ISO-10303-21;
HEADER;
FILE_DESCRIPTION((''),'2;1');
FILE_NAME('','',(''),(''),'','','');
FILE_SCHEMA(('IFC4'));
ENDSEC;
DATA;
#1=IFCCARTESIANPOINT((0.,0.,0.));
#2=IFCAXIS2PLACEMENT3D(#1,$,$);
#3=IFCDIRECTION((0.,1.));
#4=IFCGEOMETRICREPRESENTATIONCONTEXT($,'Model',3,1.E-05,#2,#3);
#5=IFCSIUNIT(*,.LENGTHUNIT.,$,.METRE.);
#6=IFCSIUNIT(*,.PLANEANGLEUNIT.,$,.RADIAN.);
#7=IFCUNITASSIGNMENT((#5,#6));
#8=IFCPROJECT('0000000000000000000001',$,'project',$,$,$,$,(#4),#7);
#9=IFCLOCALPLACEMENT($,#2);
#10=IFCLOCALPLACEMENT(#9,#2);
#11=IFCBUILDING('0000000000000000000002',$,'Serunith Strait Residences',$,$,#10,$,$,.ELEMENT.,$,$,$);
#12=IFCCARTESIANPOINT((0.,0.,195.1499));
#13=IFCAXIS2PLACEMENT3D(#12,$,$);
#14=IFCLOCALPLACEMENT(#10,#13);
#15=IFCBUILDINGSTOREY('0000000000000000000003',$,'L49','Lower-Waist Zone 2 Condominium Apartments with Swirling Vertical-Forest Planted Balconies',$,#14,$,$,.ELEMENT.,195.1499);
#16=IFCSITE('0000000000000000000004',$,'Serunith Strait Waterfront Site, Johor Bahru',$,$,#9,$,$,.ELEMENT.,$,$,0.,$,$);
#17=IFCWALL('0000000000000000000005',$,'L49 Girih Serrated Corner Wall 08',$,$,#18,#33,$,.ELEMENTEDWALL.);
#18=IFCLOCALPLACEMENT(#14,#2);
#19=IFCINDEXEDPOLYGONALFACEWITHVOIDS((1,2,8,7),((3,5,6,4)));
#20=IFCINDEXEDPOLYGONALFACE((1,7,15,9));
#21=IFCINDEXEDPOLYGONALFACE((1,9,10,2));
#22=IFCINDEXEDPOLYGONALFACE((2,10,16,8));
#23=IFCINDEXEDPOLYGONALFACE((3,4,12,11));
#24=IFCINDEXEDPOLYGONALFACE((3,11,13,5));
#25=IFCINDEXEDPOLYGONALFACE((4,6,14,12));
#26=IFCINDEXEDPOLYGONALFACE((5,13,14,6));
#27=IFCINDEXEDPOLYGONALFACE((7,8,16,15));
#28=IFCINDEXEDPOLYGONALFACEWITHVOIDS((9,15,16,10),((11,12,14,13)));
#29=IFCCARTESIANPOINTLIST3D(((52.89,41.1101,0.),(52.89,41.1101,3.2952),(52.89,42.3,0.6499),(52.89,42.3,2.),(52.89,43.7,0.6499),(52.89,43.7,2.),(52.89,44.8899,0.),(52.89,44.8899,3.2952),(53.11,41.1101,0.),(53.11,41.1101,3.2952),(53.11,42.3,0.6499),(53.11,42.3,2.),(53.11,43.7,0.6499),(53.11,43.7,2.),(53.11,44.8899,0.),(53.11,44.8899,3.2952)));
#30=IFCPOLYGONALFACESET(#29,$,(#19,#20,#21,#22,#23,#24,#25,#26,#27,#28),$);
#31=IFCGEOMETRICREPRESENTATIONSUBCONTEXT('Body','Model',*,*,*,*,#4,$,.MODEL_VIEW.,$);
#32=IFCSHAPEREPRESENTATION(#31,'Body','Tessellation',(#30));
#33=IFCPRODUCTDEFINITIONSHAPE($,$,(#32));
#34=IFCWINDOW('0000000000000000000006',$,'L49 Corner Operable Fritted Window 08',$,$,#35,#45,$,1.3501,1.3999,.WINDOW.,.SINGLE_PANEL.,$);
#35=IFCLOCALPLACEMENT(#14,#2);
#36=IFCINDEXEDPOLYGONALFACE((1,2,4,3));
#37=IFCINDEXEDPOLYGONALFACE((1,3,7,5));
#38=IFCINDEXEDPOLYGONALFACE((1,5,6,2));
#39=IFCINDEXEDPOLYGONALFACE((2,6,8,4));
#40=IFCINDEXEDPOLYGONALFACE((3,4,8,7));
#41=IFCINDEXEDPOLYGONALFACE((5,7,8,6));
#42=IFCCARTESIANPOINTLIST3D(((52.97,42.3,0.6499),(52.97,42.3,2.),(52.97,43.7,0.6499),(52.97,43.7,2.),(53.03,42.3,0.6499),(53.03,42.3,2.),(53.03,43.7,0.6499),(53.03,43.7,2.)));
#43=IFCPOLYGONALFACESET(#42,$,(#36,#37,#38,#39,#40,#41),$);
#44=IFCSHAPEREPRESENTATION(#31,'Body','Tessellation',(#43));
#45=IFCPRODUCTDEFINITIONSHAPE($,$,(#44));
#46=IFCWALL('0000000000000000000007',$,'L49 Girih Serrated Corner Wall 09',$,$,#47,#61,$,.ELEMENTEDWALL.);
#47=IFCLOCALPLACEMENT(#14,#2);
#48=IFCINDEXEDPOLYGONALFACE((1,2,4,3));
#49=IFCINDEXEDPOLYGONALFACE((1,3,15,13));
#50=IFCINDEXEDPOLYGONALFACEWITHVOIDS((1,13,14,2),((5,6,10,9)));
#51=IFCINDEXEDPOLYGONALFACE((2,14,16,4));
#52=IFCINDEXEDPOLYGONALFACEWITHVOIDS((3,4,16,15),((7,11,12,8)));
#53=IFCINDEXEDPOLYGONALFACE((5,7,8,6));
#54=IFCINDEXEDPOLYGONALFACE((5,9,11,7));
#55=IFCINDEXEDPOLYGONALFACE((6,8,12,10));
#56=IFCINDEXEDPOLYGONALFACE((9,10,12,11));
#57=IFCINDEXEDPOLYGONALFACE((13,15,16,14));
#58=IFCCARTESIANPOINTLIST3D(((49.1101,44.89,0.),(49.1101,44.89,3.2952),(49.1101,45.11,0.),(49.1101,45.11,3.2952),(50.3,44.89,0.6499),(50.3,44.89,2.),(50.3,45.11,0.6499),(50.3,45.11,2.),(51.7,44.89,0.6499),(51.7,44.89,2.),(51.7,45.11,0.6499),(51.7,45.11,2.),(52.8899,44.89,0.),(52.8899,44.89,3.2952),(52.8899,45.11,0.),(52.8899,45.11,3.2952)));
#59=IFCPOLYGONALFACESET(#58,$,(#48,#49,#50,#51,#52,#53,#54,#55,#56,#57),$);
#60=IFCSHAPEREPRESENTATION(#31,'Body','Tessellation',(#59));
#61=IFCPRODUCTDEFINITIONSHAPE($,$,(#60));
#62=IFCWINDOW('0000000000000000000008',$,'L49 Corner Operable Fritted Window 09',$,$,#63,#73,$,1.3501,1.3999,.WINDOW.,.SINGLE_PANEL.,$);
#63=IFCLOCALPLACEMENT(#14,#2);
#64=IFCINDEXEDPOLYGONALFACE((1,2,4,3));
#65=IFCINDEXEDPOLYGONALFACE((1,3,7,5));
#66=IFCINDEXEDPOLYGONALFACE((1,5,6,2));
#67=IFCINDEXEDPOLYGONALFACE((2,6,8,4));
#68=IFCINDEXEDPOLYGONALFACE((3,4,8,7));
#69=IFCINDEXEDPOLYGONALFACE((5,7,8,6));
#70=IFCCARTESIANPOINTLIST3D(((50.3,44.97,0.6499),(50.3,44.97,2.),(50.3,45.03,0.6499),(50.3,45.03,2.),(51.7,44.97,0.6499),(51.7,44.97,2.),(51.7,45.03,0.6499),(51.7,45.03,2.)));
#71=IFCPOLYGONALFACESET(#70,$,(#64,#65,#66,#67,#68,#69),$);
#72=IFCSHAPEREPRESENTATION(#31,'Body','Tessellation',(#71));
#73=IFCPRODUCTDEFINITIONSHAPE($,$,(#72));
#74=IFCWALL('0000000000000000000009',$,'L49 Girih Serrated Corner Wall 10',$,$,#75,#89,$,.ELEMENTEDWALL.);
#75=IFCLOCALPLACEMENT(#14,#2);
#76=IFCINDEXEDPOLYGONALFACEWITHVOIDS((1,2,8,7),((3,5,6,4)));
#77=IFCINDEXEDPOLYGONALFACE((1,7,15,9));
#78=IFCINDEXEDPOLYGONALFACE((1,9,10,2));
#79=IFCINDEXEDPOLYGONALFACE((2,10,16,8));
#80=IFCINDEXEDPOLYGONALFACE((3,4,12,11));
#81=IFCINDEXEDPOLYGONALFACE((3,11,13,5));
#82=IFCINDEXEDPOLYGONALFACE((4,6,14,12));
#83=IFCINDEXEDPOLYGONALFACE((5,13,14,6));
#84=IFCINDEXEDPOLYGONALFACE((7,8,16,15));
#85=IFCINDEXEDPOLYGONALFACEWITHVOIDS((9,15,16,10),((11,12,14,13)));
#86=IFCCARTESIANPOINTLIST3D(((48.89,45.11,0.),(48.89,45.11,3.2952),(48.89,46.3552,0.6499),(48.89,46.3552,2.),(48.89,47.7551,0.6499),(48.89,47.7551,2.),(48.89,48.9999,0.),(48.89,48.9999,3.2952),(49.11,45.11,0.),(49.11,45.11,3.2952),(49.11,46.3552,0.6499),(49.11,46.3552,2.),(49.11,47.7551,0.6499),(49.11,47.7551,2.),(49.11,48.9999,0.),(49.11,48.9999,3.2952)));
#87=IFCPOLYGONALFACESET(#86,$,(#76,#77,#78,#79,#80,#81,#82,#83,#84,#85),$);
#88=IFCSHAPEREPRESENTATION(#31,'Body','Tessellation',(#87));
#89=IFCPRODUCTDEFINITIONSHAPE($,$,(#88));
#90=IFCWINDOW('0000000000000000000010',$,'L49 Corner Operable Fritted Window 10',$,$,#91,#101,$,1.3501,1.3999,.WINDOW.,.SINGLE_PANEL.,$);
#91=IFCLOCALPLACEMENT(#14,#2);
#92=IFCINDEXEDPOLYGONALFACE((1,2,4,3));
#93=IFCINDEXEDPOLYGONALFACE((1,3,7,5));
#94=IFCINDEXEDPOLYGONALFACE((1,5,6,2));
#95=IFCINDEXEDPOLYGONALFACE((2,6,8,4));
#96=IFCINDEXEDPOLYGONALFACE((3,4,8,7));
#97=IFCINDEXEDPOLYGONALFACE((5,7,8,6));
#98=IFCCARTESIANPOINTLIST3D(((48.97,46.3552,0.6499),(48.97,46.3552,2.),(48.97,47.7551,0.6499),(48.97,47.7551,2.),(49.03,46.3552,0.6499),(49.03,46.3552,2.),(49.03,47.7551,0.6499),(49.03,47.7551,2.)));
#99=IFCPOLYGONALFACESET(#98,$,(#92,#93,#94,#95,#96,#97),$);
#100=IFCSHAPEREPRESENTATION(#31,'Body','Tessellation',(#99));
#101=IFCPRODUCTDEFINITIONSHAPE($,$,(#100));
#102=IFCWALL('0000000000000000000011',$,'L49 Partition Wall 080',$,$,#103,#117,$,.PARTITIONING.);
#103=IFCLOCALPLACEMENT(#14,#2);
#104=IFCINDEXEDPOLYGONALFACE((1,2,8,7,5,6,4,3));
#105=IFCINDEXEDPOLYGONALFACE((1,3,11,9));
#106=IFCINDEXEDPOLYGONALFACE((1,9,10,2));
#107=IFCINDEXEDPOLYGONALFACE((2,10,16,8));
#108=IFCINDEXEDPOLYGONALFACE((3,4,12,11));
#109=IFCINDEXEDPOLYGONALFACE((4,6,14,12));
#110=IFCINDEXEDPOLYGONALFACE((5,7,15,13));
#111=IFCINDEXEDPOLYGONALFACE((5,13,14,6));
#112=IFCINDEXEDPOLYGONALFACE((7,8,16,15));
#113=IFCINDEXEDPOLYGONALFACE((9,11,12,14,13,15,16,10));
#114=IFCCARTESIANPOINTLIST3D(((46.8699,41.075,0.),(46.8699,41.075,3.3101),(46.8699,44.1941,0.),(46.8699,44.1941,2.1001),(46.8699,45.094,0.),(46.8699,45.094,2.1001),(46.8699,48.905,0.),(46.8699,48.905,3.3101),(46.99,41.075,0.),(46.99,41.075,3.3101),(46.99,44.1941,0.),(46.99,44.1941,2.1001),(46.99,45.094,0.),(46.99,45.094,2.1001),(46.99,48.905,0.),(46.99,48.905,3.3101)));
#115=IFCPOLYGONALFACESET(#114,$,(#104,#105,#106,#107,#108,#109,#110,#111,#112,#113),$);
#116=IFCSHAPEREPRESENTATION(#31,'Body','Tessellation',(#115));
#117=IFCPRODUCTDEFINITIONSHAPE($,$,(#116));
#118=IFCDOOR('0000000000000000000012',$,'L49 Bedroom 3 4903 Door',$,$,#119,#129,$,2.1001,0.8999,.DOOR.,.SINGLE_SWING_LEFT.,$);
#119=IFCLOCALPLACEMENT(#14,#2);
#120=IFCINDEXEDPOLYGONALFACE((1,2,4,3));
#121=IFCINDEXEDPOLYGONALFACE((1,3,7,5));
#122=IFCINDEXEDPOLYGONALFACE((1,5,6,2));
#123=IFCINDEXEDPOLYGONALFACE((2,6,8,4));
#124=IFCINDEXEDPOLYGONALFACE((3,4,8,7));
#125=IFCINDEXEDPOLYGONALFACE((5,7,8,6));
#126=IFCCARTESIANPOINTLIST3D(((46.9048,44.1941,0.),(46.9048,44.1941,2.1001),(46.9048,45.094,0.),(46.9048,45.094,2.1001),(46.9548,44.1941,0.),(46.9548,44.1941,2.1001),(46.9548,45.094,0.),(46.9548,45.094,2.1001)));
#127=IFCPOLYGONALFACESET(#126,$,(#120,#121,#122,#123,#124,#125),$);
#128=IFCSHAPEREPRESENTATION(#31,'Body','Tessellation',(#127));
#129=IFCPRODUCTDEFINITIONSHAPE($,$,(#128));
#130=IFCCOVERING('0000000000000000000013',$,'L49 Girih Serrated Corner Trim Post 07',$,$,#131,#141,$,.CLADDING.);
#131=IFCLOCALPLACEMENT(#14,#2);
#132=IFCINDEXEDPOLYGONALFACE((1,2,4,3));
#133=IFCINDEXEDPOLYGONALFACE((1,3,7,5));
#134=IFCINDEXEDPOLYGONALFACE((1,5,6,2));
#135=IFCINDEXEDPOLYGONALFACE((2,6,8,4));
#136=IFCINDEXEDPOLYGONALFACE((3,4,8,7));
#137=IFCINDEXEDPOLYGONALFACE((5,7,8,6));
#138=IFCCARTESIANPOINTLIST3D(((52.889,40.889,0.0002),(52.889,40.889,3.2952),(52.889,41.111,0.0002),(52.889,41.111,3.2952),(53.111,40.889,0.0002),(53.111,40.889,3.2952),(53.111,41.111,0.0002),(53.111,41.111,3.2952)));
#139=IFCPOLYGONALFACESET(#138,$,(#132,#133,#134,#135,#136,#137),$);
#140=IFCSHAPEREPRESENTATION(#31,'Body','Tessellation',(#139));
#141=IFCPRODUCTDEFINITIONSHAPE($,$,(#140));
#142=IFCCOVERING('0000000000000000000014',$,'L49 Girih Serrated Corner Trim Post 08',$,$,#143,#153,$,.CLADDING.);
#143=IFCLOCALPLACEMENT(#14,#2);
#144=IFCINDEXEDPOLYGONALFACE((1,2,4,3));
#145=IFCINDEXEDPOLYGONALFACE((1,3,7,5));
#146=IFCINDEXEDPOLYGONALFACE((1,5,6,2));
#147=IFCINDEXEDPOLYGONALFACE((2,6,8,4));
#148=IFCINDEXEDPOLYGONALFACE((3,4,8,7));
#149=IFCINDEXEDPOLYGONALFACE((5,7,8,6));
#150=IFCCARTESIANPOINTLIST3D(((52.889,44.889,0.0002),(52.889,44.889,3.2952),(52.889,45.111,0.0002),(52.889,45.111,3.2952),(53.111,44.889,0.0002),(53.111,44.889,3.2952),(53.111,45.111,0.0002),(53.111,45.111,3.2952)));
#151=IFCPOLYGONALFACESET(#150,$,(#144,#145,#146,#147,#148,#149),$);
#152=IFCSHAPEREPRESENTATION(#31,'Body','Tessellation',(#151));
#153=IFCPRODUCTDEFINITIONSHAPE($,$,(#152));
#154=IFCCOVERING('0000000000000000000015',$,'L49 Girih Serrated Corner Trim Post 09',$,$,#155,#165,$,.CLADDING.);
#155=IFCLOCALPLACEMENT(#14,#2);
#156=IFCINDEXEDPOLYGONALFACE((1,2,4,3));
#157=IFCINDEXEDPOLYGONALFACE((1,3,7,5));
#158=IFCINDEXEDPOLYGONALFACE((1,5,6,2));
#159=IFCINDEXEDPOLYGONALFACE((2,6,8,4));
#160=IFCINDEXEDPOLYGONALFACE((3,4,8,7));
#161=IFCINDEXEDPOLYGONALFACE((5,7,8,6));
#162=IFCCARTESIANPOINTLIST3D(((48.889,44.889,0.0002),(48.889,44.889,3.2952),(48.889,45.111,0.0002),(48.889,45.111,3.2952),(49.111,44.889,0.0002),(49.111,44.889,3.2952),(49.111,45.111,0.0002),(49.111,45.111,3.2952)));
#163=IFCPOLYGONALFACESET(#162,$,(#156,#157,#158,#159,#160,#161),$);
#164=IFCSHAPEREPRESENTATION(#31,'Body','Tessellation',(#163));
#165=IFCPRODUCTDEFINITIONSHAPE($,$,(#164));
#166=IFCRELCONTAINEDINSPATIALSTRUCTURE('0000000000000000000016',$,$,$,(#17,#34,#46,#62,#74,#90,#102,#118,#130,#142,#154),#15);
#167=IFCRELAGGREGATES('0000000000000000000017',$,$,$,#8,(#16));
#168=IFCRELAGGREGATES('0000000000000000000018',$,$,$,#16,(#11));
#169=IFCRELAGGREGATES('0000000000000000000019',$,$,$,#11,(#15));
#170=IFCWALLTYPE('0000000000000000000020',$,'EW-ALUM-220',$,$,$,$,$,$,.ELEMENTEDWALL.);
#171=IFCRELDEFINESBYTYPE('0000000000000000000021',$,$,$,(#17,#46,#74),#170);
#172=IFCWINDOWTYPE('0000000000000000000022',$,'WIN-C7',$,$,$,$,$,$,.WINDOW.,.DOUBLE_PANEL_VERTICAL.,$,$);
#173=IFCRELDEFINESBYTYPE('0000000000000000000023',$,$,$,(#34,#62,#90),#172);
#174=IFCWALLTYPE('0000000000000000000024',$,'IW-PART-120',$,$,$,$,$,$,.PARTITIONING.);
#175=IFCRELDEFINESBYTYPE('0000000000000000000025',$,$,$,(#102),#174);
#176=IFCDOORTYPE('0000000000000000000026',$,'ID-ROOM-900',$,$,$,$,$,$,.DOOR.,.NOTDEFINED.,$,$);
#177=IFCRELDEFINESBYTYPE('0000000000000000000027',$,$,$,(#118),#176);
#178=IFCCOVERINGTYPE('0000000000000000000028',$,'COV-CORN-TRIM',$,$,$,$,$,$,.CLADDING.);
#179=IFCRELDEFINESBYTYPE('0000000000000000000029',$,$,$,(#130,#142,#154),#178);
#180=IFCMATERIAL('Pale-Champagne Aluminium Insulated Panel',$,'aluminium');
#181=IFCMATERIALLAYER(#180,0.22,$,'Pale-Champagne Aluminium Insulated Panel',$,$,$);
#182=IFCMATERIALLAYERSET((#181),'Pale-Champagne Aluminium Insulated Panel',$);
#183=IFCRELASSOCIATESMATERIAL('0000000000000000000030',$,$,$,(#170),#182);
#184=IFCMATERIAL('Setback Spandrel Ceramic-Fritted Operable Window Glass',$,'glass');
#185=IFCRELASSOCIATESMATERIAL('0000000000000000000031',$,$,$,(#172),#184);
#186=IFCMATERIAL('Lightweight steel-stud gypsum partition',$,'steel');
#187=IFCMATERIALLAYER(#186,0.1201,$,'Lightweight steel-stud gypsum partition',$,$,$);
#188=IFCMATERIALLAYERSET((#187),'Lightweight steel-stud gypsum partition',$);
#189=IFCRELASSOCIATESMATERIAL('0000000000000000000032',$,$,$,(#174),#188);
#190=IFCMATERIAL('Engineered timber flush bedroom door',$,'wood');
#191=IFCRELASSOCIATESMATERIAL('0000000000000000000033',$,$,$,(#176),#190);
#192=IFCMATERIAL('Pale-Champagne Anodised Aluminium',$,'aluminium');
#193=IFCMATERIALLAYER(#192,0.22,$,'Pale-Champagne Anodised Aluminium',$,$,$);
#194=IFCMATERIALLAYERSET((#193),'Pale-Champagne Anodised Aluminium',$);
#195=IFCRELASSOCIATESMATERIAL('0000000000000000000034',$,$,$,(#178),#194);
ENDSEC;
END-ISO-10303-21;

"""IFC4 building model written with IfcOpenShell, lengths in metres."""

from ifc_helpers import new_model, si_unit, direction, frame, frame_2d, origin, origin_2d, place, context, subcontext, project, spatial, rectangle, extrude, source, transform, mapped, material, layer, layer_set, type_object, element, fill, save


model = new_model("IFC4")

# Units and contexts
model_context = context("Model", 3, precision=1e-05, world=origin(), true_north=direction((0.0, 1.0)))
body_context = subcontext(model_context, "Body", "Model", "MODEL_VIEW")
ifc_project = project(units=[si_unit("LENGTHUNIT", "METRE"), si_unit("PLANEANGLEUNIT", "RADIAN")], contexts=[model_context])

# Site, building, storey
site_placement = place(None, origin())
site = spatial("IfcSite", under=ifc_project, at=site_placement, Name="Serunith Strait Waterfront Site, Johor Bahru", CompositionType="ELEMENT", RefElevation=0.0)
building_placement = place(site_placement, origin())
building = spatial("IfcBuilding", under=site, at=building_placement, Name="Serunith Strait Residences", CompositionType="ELEMENT")
storey_placement = place(building_placement, frame((0.0, 0.0, 195.1499)))
storey = spatial("IfcBuildingStorey", under=building, at=storey_placement, Name="L49", Description="Lower-Waist Zone 2 Condominium Apartments with Swirling Vertical-Forest Planted Balconies", CompositionType="ELEMENT", Elevation=195.1499)

# Walls, openings, windows
ifc_material_1 = material(Name="Pale-Champagne Aluminium Insulated Panel", Category="aluminium")
ifc_layer_1 = layer(ifc_material_1, 0.22, Name="Pale-Champagne Aluminium Insulated Panel")
ifc_layer_set_1 = layer_set([ifc_layer_1], Name="Pale-Champagne Aluminium Insulated Panel")
wall_type_1 = type_object("IfcWallType", Name="EW-ALUM-220", PredefinedType="ELEMENTEDWALL", material=ifc_layer_set_1)
ifc_material_2 = material(Name="Setback Spandrel Ceramic-Fritted Operable Window Glass", Category="glass")
window_type = type_object("IfcWindowType", Name="WIN-C7", PartitioningType="DOUBLE_PANEL_VERTICAL", PredefinedType="WINDOW", material=ifc_material_2)
shared_shape_1 = source(origin(), body_context, "Body", "SweptSolid", [
    extrude(rectangle(XDim=1.3999, YDim=1.3501, at=frame_2d((0.7, 0.675))), frame((0.0, 0.03, 0.0), z_axis=(0.0, -1.0, 0.0), x_axis=(1.0, 0.0, 0.0)), (0.0, 0.0, 1.0), 0.0601),
])
wall_1_placement = place(storey_placement, frame((53.0, 41.1101, 0.0), z_axis=(0.0, 0.0, 1.0), x_axis=(0.0, 1.0, 0.0)))
wall_1 = element("IfcWall", 1, at=wall_1_placement, inside=storey, type_object=wall_type_1, Name="L49 Girih Serrated Corner Wall 08", PredefinedType="ELEMENTEDWALL", context=body_context, shape_type="SweptSolid", body=[
    extrude(rectangle(XDim=3.7798, YDim=0.22, at=frame_2d((1.8899, 0.0))), origin(), (0.0, 0.0, 1.0), 3.2952),
])
opening_1_placement = place(wall_1_placement, frame((1.1899, 0.0, 0.6499)))
opening_1 = element("IfcOpeningElement", 2, at=opening_1_placement, cuts=wall_1, PredefinedType="OPENING", context=body_context, shape_type="SweptSolid", body=[
    extrude(rectangle(XDim=1.3999, YDim=1.3501, at=frame_2d((0.7, 0.675))), frame((0.0, 0.1201, 0.0), z_axis=(0.0, -1.0, 0.0), x_axis=(1.0, 0.0, 0.0)), (0.0, 0.0, 1.0), 0.24),
])
window_1_placement = place(opening_1_placement, origin())
window_1 = element("IfcWindow", 3, at=window_1_placement, inside=storey, type_object=window_type, Name="L49 Corner Operable Fritted Window 08", OverallHeight=1.3501, OverallWidth=1.3999, PartitioningType="SINGLE_PANEL", PredefinedType="WINDOW", context=body_context, shape_type="MappedRepresentation", body=[
    mapped(shared_shape_1, transform((0.0, 0.0, 0.0), scale=1.0)),
])
fill(opening_1, window_1)
wall_2_placement = place(storey_placement, frame((52.8899, 45.0, 0.0), z_axis=(0.0, 0.0, 1.0), x_axis=(-1.0, 0.0, 0.0)))
wall_2 = element("IfcWall", 4, at=wall_2_placement, inside=storey, type_object=wall_type_1, Name="L49 Girih Serrated Corner Wall 09", PredefinedType="ELEMENTEDWALL", context=body_context, shape_type="SweptSolid", body=[
    extrude(rectangle(XDim=3.7798, YDim=0.22, at=frame_2d((1.8899, 0.0))), origin(), (0.0, 0.0, 1.0), 3.2952),
])
opening_2_placement = place(wall_2_placement, frame((1.1899, 0.0, 0.6499)))
opening_2 = element("IfcOpeningElement", 5, at=opening_2_placement, cuts=wall_2, PredefinedType="OPENING", context=body_context, shape_type="SweptSolid", body=[
    extrude(rectangle(XDim=1.3999, YDim=1.3501, at=frame_2d((0.7, 0.675))), frame((0.0, 0.1201, 0.0), z_axis=(0.0, -1.0, 0.0), x_axis=(1.0, 0.0, 0.0)), (0.0, 0.0, 1.0), 0.24),
])
window_2_placement = place(opening_2_placement, origin())
window_2 = element("IfcWindow", 6, at=window_2_placement, inside=storey, type_object=window_type, Name="L49 Corner Operable Fritted Window 09", OverallHeight=1.3501, OverallWidth=1.3999, PartitioningType="SINGLE_PANEL", PredefinedType="WINDOW", context=body_context, shape_type="MappedRepresentation", body=[
    mapped(shared_shape_1, transform((0.0, 0.0, 0.0), scale=1.0)),
])
fill(opening_2, window_2)
wall_3_placement = place(storey_placement, frame((49.0, 45.1101, 0.0), z_axis=(0.0, 0.0, 1.0), x_axis=(0.0, 1.0, 0.0)))
wall_3 = element("IfcWall", 7, at=wall_3_placement, inside=storey, type_object=wall_type_1, Name="L49 Girih Serrated Corner Wall 10", PredefinedType="ELEMENTEDWALL", context=body_context, shape_type="SweptSolid", body=[
    extrude(rectangle(XDim=3.8899, YDim=0.22, at=frame_2d((1.9448, 0.0))), origin(), (0.0, 0.0, 1.0), 3.2952),
])
opening_3_placement = place(wall_3_placement, frame((1.2451, 0.0, 0.6499)))
opening_3 = element("IfcOpeningElement", 8, at=opening_3_placement, cuts=wall_3, PredefinedType="OPENING", context=body_context, shape_type="SweptSolid", body=[
    extrude(rectangle(XDim=1.3999, YDim=1.3501, at=frame_2d((0.7, 0.675))), frame((0.0, 0.1201, 0.0), z_axis=(0.0, -1.0, 0.0), x_axis=(1.0, 0.0, 0.0)), (0.0, 0.0, 1.0), 0.24),
])
window_3_placement = place(opening_3_placement, origin())
window_3 = element("IfcWindow", 9, at=window_3_placement, inside=storey, type_object=window_type, Name="L49 Corner Operable Fritted Window 10", OverallHeight=1.3501, OverallWidth=1.3999, PartitioningType="SINGLE_PANEL", PredefinedType="WINDOW", context=body_context, shape_type="MappedRepresentation", body=[
    mapped(shared_shape_1, transform((0.0, 0.0, 0.0), scale=1.0)),
])
fill(opening_3, window_3)

# Wall, opening, door
ifc_material_3 = material(Name="Lightweight steel-stud gypsum partition", Category="steel")
ifc_layer_2 = layer(ifc_material_3, 0.1201, Name="Lightweight steel-stud gypsum partition")
ifc_layer_set_2 = layer_set([ifc_layer_2], Name="Lightweight steel-stud gypsum partition")
wall_type_2 = type_object("IfcWallType", Name="IW-PART-120", PredefinedType="PARTITIONING", material=ifc_layer_set_2)
wall_4_placement = place(storey_placement, frame((46.9299, 48.905, 0.0), z_axis=(0.0, 0.0, 1.0), x_axis=(0.0, -1.0, 0.0)))
wall_4 = element("IfcWall", 10, at=wall_4_placement, inside=storey, type_object=wall_type_2, Name="L49 Partition Wall 080", PredefinedType="PARTITIONING", context=body_context, shape_type="SweptSolid", body=[
    extrude(rectangle(XDim=7.8301, YDim=0.1201, at=frame_2d((3.915, 0.0))), origin(), (0.0, 0.0, 1.0), 3.3101),
])
opening_4_placement = place(wall_4_placement, frame((3.811, 0.0, 0.0)))
opening_4 = element("IfcOpeningElement", 11, at=opening_4_placement, cuts=wall_4, PredefinedType="OPENING", context=body_context, shape_type="SweptSolid", body=[
    extrude(rectangle(XDim=0.8999, YDim=2.1001, at=frame_2d((0.45, 1.05))), frame((0.0, 0.0701, 0.0), z_axis=(0.0, -1.0, 0.0), x_axis=(1.0, 0.0, 0.0)), (0.0, 0.0, 1.0), 0.1401),
])
ifc_material_4 = material(Name="Engineered timber flush bedroom door", Category="wood")
door_type = type_object("IfcDoorType", Name="ID-ROOM-900", OperationType="NOTDEFINED", PredefinedType="DOOR", material=ifc_material_4)
shared_shape_2 = source(origin(), body_context, "Body", "SweptSolid", [
    extrude(rectangle(XDim=0.8999, YDim=2.1001, at=frame_2d((0.45, 1.05))), frame((0.0, 0.0249, 0.0), z_axis=(0.0, -1.0, 0.0), x_axis=(1.0, 0.0, 0.0)), (0.0, 0.0, 1.0), 0.05),
])
door_placement = place(opening_4_placement, origin())
door = element("IfcDoor", 12, at=door_placement, inside=storey, type_object=door_type, Name="L49 Bedroom 3 4903 Door", OperationType="SINGLE_SWING_LEFT", OverallHeight=2.1001, OverallWidth=0.8999, PredefinedType="DOOR", context=body_context, shape_type="MappedRepresentation", body=[
    mapped(shared_shape_2, transform((0.0, 0.0, 0.0), scale=1.0)),
])
fill(opening_4, door)

# Coverings
ifc_material_5 = material(Name="Pale-Champagne Anodised Aluminium", Category="aluminium")
ifc_layer_3 = layer(ifc_material_5, 0.22, Name="Pale-Champagne Anodised Aluminium")
ifc_layer_set_3 = layer_set([ifc_layer_3], Name="Pale-Champagne Anodised Aluminium")
covering_type = type_object("IfcCoveringType", Name="COV-CORN-TRIM", PredefinedType="CLADDING", material=ifc_layer_set_3)
shared_shape_3 = source(origin(), body_context, "Body", "SweptSolid", [
    extrude(rectangle(XDim=0.2219, YDim=0.2219, at=origin_2d()), origin(), (0.0, 0.0, 1.0), 3.2949),
])
for number, where, z_axis, x_axis, name in (
    (13, (53.0, 41.0, 0.0002), (0.0, 0.0, 1.0), (1.0, 0.0, 0.0), "L49 Girih Serrated Corner Trim Post 07"),
    (14, (53.0, 45.0, 0.0002), (0.0, 0.0, 1.0), (1.0, 0.0, 0.0), "L49 Girih Serrated Corner Trim Post 08"),
    (15, (49.0, 45.0, 0.0002), (0.0, 0.0, 1.0), (1.0, 0.0, 0.0), "L49 Girih Serrated Corner Trim Post 09"),
):
    element("IfcCovering", number, at=place(storey_placement, frame(where, z_axis=z_axis, x_axis=x_axis)), inside=storey, type_object=covering_type, Name=name, PredefinedType="CLADDING", context=body_context, shape_type="MappedRepresentation", body=[
        mapped(shared_shape_3, transform((0.0, 0.0, 0.0), scale=1.0)),
    ])

save(model, "model.ifc")
